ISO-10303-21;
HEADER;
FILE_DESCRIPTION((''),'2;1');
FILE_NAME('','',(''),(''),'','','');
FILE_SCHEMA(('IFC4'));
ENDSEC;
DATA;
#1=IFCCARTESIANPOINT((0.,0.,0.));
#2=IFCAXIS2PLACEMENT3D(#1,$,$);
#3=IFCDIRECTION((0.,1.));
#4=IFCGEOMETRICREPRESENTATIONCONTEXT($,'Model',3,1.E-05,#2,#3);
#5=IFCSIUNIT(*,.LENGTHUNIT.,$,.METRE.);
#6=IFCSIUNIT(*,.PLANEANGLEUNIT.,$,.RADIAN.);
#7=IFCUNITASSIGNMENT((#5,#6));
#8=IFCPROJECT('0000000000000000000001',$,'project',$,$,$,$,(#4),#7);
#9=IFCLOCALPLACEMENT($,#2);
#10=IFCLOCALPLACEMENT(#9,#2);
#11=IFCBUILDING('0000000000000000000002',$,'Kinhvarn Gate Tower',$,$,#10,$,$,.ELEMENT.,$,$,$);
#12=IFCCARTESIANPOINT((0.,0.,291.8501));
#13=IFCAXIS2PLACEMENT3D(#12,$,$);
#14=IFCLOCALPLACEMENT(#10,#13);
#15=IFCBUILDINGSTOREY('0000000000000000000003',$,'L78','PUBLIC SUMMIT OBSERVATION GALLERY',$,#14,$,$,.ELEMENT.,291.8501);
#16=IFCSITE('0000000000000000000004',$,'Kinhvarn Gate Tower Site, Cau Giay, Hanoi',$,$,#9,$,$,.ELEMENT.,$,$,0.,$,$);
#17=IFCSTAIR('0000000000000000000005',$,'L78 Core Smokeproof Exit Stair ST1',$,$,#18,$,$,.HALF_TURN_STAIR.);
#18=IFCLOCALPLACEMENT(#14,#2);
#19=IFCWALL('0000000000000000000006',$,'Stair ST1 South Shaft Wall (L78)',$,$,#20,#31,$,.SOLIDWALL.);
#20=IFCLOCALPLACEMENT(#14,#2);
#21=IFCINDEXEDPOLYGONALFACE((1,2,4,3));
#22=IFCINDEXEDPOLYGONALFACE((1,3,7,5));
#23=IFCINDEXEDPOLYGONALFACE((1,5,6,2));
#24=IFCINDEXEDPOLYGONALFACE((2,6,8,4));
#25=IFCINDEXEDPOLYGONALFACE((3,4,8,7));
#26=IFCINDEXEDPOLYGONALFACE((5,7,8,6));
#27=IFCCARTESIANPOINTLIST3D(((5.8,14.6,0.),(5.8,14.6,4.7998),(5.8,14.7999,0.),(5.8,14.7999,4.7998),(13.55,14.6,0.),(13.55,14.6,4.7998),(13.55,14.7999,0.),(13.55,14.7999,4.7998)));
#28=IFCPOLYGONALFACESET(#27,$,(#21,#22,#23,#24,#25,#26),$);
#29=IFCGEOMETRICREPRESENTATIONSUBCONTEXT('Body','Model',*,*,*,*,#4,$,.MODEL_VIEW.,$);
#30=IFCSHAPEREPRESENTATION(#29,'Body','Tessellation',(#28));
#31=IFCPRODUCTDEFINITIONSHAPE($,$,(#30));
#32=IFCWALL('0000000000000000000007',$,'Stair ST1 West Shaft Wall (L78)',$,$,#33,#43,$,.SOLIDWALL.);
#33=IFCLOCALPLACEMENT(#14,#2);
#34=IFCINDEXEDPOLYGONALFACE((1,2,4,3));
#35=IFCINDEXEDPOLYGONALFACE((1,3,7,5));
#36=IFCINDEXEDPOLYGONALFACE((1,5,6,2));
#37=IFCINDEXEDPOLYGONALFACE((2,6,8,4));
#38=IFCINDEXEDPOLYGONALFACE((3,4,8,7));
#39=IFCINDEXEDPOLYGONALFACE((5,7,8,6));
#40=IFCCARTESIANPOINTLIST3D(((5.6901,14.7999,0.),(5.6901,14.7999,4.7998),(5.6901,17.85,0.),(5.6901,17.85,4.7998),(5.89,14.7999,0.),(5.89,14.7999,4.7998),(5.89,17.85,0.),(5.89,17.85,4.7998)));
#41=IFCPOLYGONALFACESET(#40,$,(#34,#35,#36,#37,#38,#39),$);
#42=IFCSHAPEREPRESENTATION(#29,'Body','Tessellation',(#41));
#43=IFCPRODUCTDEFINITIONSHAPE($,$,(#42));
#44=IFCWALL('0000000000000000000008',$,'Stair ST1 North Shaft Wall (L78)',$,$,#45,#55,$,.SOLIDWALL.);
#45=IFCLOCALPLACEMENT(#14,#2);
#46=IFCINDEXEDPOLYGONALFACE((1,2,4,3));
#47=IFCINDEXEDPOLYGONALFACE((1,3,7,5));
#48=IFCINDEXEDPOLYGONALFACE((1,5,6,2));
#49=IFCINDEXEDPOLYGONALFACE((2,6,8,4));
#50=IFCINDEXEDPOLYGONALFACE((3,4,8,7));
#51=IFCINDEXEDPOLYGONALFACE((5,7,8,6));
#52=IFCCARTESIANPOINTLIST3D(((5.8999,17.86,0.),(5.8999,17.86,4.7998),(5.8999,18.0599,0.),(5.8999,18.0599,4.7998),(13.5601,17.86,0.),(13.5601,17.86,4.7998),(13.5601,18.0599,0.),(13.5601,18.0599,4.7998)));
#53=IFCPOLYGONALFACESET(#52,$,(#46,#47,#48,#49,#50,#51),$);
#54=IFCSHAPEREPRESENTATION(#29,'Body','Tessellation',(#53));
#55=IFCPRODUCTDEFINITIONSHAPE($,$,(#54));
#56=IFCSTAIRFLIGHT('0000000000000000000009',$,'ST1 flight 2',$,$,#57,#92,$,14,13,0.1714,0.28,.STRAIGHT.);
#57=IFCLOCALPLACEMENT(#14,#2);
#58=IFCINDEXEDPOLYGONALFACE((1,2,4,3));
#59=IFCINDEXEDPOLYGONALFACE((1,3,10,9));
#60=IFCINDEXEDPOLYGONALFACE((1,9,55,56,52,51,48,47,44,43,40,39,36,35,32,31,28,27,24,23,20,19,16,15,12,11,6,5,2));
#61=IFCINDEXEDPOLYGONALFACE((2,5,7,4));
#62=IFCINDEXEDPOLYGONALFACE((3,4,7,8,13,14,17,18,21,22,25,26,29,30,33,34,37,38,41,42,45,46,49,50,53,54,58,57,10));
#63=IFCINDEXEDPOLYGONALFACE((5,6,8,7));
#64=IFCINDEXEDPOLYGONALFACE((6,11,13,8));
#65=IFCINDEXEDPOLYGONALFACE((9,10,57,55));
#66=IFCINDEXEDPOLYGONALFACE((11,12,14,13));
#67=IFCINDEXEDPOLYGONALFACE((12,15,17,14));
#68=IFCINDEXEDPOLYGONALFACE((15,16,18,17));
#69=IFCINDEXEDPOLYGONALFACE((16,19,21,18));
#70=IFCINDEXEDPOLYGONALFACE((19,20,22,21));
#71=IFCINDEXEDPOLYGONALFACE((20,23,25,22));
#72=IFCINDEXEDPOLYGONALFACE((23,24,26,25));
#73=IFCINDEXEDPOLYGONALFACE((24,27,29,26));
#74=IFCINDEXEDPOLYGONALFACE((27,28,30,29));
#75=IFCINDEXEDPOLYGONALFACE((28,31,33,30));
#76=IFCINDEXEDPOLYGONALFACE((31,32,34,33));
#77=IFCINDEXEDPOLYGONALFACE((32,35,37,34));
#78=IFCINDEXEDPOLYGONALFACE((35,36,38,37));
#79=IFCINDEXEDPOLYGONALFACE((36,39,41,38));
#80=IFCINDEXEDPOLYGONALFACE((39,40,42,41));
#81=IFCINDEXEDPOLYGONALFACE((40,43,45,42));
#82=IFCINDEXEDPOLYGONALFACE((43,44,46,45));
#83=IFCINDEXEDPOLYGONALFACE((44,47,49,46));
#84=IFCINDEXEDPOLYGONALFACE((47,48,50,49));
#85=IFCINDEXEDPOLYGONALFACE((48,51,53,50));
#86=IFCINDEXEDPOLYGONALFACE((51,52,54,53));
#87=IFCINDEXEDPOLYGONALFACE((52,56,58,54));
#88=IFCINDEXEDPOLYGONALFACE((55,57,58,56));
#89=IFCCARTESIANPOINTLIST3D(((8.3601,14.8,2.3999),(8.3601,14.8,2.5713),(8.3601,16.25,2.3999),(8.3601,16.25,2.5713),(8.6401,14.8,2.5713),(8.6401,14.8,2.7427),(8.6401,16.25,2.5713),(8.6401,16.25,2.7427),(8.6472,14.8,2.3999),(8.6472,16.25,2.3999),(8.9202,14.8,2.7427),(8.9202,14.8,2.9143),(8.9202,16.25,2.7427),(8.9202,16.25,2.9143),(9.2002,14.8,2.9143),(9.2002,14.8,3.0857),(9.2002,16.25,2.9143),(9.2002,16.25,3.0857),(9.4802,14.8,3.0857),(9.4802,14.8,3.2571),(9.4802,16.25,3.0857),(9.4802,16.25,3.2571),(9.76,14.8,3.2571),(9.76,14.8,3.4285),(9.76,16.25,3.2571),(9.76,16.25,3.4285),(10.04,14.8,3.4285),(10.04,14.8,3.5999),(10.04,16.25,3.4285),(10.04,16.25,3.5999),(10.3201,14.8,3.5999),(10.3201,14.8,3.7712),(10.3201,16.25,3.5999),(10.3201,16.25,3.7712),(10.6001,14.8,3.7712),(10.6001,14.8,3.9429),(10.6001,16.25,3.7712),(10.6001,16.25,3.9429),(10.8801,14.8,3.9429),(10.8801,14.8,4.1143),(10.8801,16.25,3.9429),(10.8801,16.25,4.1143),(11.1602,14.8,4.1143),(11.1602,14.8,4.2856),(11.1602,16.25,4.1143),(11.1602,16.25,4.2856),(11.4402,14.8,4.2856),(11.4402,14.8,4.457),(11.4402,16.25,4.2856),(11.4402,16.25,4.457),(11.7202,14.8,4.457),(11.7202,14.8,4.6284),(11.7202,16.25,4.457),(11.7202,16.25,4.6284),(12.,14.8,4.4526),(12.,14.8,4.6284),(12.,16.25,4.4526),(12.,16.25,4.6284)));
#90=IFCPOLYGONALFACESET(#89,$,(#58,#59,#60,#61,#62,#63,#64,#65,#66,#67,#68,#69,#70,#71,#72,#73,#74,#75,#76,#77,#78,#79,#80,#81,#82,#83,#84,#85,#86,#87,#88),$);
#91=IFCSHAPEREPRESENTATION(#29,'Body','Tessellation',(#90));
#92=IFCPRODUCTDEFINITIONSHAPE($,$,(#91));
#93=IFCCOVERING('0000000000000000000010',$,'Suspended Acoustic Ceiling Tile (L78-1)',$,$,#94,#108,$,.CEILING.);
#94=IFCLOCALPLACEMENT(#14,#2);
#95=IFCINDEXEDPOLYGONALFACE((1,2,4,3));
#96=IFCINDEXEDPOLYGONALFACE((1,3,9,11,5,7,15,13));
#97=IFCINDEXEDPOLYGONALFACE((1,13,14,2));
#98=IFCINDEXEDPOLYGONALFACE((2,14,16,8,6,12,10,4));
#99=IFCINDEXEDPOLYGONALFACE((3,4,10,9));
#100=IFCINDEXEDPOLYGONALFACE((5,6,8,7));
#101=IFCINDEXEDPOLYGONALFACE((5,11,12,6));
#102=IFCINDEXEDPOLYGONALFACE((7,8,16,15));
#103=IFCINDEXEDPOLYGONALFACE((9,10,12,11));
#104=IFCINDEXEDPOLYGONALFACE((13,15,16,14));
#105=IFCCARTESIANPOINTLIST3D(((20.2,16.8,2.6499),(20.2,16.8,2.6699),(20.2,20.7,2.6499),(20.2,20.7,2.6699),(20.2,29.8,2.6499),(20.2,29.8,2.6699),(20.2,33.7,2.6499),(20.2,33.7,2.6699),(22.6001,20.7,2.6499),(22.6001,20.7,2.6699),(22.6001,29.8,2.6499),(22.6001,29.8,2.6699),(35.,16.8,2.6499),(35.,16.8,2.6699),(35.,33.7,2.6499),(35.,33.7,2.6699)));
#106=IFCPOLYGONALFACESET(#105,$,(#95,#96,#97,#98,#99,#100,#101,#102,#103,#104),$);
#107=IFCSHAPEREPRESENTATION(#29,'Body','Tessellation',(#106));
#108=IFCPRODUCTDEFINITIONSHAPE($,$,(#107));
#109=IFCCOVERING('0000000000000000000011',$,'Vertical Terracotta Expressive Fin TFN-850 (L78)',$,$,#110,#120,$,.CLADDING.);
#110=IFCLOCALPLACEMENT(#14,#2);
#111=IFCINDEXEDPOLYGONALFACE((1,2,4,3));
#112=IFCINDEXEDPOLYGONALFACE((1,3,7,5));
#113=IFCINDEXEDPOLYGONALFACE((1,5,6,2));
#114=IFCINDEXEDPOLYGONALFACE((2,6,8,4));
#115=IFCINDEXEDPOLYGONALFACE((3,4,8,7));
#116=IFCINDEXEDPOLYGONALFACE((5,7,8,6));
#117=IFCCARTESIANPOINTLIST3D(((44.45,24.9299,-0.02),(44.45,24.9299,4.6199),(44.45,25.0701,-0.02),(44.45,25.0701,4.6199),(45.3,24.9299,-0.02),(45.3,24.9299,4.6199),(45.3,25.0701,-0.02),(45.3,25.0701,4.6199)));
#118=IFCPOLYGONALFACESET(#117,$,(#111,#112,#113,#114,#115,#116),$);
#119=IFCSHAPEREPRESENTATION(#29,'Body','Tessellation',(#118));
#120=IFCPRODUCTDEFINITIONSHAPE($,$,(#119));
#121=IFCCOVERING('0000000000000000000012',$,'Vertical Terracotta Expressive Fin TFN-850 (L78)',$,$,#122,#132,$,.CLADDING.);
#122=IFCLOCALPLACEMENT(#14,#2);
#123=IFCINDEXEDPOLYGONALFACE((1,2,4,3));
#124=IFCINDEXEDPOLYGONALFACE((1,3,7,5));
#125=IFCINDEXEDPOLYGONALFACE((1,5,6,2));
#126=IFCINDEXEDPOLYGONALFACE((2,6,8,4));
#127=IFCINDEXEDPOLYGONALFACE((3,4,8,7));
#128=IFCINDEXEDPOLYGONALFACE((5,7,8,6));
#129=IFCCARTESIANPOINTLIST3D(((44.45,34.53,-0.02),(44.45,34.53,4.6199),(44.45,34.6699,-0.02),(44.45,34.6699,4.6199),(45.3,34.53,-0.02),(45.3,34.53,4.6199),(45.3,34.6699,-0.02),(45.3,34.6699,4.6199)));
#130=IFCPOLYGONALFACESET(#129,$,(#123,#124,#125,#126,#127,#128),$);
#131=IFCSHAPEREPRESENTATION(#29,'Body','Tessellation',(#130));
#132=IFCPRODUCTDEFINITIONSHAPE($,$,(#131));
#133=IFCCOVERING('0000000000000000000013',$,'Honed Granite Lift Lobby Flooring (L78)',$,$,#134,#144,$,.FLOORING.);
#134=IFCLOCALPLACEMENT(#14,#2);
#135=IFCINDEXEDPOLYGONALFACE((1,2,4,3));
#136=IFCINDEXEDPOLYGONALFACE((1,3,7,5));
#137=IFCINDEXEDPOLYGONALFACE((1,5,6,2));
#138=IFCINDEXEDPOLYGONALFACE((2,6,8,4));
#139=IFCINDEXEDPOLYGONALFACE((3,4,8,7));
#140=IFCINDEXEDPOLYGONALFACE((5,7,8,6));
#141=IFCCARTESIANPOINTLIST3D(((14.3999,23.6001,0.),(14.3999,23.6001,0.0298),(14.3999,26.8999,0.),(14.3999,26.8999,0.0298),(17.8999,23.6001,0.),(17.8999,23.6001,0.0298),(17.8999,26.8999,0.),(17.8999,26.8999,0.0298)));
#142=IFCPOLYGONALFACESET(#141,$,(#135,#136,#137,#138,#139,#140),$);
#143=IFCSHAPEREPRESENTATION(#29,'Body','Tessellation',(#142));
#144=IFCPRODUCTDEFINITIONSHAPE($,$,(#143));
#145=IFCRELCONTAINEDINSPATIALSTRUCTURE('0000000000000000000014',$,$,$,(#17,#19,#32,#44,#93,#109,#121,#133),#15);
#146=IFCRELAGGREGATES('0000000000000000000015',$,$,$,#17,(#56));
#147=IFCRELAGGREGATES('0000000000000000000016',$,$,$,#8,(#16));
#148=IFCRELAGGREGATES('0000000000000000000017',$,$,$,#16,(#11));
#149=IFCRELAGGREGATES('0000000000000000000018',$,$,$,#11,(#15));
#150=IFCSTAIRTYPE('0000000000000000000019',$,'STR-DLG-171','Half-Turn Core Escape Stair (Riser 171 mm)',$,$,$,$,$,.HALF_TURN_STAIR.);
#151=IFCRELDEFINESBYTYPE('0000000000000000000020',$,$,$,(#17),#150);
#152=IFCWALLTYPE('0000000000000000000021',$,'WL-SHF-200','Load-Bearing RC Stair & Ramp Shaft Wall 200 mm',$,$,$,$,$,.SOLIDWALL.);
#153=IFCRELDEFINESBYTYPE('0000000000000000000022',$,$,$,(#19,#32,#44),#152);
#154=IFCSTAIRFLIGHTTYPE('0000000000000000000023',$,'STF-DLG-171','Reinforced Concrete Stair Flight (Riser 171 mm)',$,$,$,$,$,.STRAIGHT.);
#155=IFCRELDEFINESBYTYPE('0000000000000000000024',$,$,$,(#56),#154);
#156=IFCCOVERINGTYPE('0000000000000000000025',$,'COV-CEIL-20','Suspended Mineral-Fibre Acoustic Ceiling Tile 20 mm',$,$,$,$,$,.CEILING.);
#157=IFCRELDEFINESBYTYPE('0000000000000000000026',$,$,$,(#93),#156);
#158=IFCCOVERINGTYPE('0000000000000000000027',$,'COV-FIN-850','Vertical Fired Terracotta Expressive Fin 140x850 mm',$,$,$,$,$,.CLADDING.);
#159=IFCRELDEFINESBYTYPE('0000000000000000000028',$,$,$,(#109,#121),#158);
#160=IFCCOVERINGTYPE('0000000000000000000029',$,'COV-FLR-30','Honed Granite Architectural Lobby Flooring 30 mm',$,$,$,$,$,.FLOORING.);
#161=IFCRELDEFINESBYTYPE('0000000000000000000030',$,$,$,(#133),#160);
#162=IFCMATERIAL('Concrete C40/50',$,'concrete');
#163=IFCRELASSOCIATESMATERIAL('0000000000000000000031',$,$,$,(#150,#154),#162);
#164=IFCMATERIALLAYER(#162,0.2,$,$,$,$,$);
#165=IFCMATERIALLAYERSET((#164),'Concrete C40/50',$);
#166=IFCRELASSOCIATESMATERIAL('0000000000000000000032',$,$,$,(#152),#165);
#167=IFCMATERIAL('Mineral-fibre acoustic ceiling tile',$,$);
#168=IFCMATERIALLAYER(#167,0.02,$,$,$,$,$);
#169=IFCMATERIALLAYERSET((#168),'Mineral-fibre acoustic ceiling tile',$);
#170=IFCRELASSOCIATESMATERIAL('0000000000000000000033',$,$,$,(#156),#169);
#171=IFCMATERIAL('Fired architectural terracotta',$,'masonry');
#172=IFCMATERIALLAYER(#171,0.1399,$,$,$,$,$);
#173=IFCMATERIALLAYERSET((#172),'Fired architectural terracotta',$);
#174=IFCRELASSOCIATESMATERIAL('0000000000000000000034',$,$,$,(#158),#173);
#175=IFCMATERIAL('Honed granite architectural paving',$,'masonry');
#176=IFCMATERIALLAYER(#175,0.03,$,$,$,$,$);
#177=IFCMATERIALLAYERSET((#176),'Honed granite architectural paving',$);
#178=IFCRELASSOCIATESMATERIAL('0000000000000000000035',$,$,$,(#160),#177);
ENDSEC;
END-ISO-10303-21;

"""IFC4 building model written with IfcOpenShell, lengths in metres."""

from ifc_helpers import new_model, si_unit, direction, frame, frame_2d, origin, place, context, subcontext, project, spatial, polyline, rectangle, outline, extrude, material, layer, layer_set, type_object, element, aggregate, save


model = new_model("IFC4")

# Units and contexts
model_context = context("Model", 3, precision=1e-05, world=origin(), true_north=direction((0.0, 1.0)))
body_context = subcontext(model_context, "Body", "Model", "MODEL_VIEW")
ifc_project = project(units=[si_unit("LENGTHUNIT", "METRE"), si_unit("PLANEANGLEUNIT", "RADIAN")], contexts=[model_context])

# Site, building, storey
site_placement = place(None, origin())
site = spatial("IfcSite", under=ifc_project, at=site_placement, Name="Kinhvarn Gate Tower Site, Cau Giay, Hanoi", CompositionType="ELEMENT", RefElevation=0.0)
building_placement = place(site_placement, origin())
building = spatial("IfcBuilding", under=site, at=building_placement, Name="Kinhvarn Gate Tower", CompositionType="ELEMENT")
storey_placement = place(building_placement, frame((0.0, 0.0, 291.8501)))
storey = spatial("IfcBuildingStorey", under=building, at=storey_placement, Name="L78", Description="PUBLIC SUMMIT OBSERVATION GALLERY", CompositionType="ELEMENT", Elevation=291.8501)

# Stair
ifc_material_1 = material(Name="Concrete C40/50", Category="concrete")
stair_type = type_object("IfcStairType", Name="STR-DLG-171", Description="Half-Turn Core Escape Stair (Riser 171 mm)", PredefinedType="HALF_TURN_STAIR", material=ifc_material_1)
stair_1_placement = place(storey_placement, origin())
stair_1 = element("IfcStair", 1, at=stair_1_placement, inside=storey, type_object=stair_type, Name="L78 Core Smokeproof Exit Stair ST1", PredefinedType="HALF_TURN_STAIR")

# Shared definitions
ifc_material_2 = material(Name="Fired architectural terracotta", Category="masonry")

# Walls
ifc_layer_1 = layer(ifc_material_1, 0.2)
ifc_layer_set_1 = layer_set([ifc_layer_1], Name="Concrete C40/50")
wall_type_1 = type_object("IfcWallType", Name="WL-SHF-200", Description="Load-Bearing RC Stair & Ramp Shaft Wall 200 mm", PredefinedType="SOLIDWALL", material=ifc_layer_set_1)
wall_1_placement = place(storey_placement, frame((5.8, 14.7, 0.0), z_axis=(0.0, 0.0, 1.0), x_axis=(1.0, 0.0, 0.0)))
element("IfcWall", 2, at=wall_1_placement, inside=storey, type_object=wall_type_1, Name="Stair ST1 South Shaft Wall (L78)", PredefinedType="SOLIDWALL", context=body_context, shape_type="SweptSolid", body=[
    extrude(rectangle(XDim=7.75, YDim=0.2, at=frame_2d((3.875, 0.0))), origin(), (0.0, 0.0, 1.0), 4.7998),
])
wall_2_placement = place(storey_placement, frame((5.79, 14.8, 0.0), z_axis=(0.0, 0.0, 1.0), x_axis=(0.0, 1.0, 0.0)))
element("IfcWall", 3, at=wall_2_placement, inside=storey, type_object=wall_type_1, Name="Stair ST1 West Shaft Wall (L78)", PredefinedType="SOLIDWALL", context=body_context, shape_type="SweptSolid", body=[
    extrude(rectangle(XDim=3.05, YDim=0.2, at=frame_2d((1.5249, 0.0))), origin(), (0.0, 0.0, 1.0), 4.7998),
])
wall_3_placement = place(storey_placement, frame((5.8999, 17.96, 0.0), z_axis=(0.0, 0.0, 1.0), x_axis=(1.0, 0.0, 0.0)))
element("IfcWall", 4, at=wall_3_placement, inside=storey, type_object=wall_type_1, Name="Stair ST1 North Shaft Wall (L78)", PredefinedType="SOLIDWALL", context=body_context, shape_type="SweptSolid", body=[
    extrude(rectangle(XDim=7.6602, YDim=0.2, at=frame_2d((3.8301, 0.0))), origin(), (0.0, 0.0, 1.0), 4.7998),
])

# Stair flight
stair_flight_type = type_object("IfcStairFlightType", Name="STF-DLG-171", Description="Reinforced Concrete Stair Flight (Riser 171 mm)", PredefinedType="STRAIGHT", material=ifc_material_1)
stair_flight_placement = place(storey_placement, frame((8.3601, 15.5249, 2.3999), z_axis=(0.0, 0.0, 1.0), x_axis=(1.0, 0.0, 0.0)))
stair_flight = element("IfcStairFlight", 5, at=stair_flight_placement, type_object=stair_flight_type, Name="ST1 flight 2", NumberOfRisers=14, NumberOfTreads=13, PredefinedType="STRAIGHT", RiserHeight=0.1714, TreadLength=0.28, context=body_context, shape_type="SweptSolid", body=[
    extrude(outline(polyline([(0.0, 0.0), (0.0, 0.1714), (0.28, 0.1714), (0.28, 0.3428), (0.5601, 0.3428), (0.5601, 0.5144), (0.8401, 0.5144), (0.8401, 0.6858), (1.1201, 0.6858), (1.1201, 0.8572), (1.3999, 0.8572), (1.3999, 1.0286), (1.6799, 1.0286), (1.6799, 1.2), (1.96, 1.2), (1.96, 1.3713), (2.24, 1.3713), (2.24, 1.543), (2.52, 1.543), (2.52, 1.7144), (2.8, 1.7144), (2.8, 1.8857), (3.0801, 1.8857), (3.0801, 2.0571), (3.3601, 2.0571), (3.3601, 2.2285), (3.6399, 2.2285), (3.6399, 2.3999), (3.6399, 2.0527), (0.2871, 0.0), (0.0, 0.0)])), frame((0.0, 0.7251, 0.0), z_axis=(0.0, -1.0, 0.0), x_axis=(1.0, 0.0, 0.0)), (0.0, 0.0, 1.0), 1.45),
])
aggregate(stair_1, [stair_flight])

# Coverings
ifc_material_3 = material(Name="Mineral-fibre acoustic ceiling tile")
ifc_layer_2 = layer(ifc_material_3, 0.02)
ifc_layer_set_2 = layer_set([ifc_layer_2], Name="Mineral-fibre acoustic ceiling tile")
covering_type_1 = type_object("IfcCoveringType", Name="COV-CEIL-20", Description="Suspended Mineral-Fibre Acoustic Ceiling Tile 20 mm", PredefinedType="CEILING", material=ifc_layer_set_2)
covering_1_placement = place(storey_placement, frame((0.0, 0.0, 2.6499)))
element("IfcCovering", 6, at=covering_1_placement, inside=storey, type_object=covering_type_1, Name="Suspended Acoustic Ceiling Tile (L78-1)", PredefinedType="CEILING", context=body_context, shape_type="SweptSolid", body=[
    extrude(outline(polyline([(35.0, 33.7), (35.0, 16.8), (20.2, 16.8), (20.2, 20.7), (22.6001, 20.7), (22.6001, 29.8), (20.2, 29.8), (20.2, 33.7), (35.0, 33.7)])), origin(), (0.0, 0.0, 1.0), 0.02),
])
ifc_layer_3 = layer(ifc_material_2, 0.1399)
ifc_layer_set_3 = layer_set([ifc_layer_3], Name="Fired architectural terracotta")
covering_type_2 = type_object("IfcCoveringType", Name="COV-FIN-850", Description="Vertical Fired Terracotta Expressive Fin 140x850 mm", PredefinedType="CLADDING", material=ifc_layer_set_3)
covering_2_placement = place(storey_placement, frame((0.0, 0.0, -0.02)))
element("IfcCovering", 7, at=covering_2_placement, inside=storey, type_object=covering_type_2, Name="Vertical Terracotta Expressive Fin TFN-850 (L78)", PredefinedType="CLADDING", context=body_context, shape_type="SweptSolid", body=[
    extrude(outline(polyline([(44.45, 24.9299), (44.45, 25.0701), (45.3, 25.0701), (45.3, 24.9299), (44.45, 24.9299)])), origin(), (0.0, 0.0, 1.0), 4.6399),
])
covering_3_placement = place(storey_placement, frame((0.0, 0.0, -0.02)))
element("IfcCovering", 8, at=covering_3_placement, inside=storey, type_object=covering_type_2, Name="Vertical Terracotta Expressive Fin TFN-850 (L78)", PredefinedType="CLADDING", context=body_context, shape_type="SweptSolid", body=[
    extrude(outline(polyline([(44.45, 34.53), (44.45, 34.6699), (45.3, 34.6699), (45.3, 34.53), (44.45, 34.53)])), origin(), (0.0, 0.0, 1.0), 4.6399),
])
ifc_material_4 = material(Name="Honed granite architectural paving", Category="masonry")
ifc_layer_4 = layer(ifc_material_4, 0.03)
ifc_layer_set_4 = layer_set([ifc_layer_4], Name="Honed granite architectural paving")
covering_type_3 = type_object("IfcCoveringType", Name="COV-FLR-30", Description="Honed Granite Architectural Lobby Flooring 30 mm", PredefinedType="FLOORING", material=ifc_layer_set_4)
covering_4_placement = place(storey_placement, origin())
element("IfcCovering", 9, at=covering_4_placement, inside=storey, type_object=covering_type_3, Name="Honed Granite Lift Lobby Flooring (L78)", PredefinedType="FLOORING", context=body_context, shape_type="SweptSolid", body=[
    extrude(outline(polyline([(14.3999, 23.6001), (14.3999, 26.8999), (17.8999, 26.8999), (17.8999, 23.6001), (14.3999, 23.6001)])), origin(), (0.0, 0.0, 1.0), 0.0298),
])

save(model, "model.ifc")
